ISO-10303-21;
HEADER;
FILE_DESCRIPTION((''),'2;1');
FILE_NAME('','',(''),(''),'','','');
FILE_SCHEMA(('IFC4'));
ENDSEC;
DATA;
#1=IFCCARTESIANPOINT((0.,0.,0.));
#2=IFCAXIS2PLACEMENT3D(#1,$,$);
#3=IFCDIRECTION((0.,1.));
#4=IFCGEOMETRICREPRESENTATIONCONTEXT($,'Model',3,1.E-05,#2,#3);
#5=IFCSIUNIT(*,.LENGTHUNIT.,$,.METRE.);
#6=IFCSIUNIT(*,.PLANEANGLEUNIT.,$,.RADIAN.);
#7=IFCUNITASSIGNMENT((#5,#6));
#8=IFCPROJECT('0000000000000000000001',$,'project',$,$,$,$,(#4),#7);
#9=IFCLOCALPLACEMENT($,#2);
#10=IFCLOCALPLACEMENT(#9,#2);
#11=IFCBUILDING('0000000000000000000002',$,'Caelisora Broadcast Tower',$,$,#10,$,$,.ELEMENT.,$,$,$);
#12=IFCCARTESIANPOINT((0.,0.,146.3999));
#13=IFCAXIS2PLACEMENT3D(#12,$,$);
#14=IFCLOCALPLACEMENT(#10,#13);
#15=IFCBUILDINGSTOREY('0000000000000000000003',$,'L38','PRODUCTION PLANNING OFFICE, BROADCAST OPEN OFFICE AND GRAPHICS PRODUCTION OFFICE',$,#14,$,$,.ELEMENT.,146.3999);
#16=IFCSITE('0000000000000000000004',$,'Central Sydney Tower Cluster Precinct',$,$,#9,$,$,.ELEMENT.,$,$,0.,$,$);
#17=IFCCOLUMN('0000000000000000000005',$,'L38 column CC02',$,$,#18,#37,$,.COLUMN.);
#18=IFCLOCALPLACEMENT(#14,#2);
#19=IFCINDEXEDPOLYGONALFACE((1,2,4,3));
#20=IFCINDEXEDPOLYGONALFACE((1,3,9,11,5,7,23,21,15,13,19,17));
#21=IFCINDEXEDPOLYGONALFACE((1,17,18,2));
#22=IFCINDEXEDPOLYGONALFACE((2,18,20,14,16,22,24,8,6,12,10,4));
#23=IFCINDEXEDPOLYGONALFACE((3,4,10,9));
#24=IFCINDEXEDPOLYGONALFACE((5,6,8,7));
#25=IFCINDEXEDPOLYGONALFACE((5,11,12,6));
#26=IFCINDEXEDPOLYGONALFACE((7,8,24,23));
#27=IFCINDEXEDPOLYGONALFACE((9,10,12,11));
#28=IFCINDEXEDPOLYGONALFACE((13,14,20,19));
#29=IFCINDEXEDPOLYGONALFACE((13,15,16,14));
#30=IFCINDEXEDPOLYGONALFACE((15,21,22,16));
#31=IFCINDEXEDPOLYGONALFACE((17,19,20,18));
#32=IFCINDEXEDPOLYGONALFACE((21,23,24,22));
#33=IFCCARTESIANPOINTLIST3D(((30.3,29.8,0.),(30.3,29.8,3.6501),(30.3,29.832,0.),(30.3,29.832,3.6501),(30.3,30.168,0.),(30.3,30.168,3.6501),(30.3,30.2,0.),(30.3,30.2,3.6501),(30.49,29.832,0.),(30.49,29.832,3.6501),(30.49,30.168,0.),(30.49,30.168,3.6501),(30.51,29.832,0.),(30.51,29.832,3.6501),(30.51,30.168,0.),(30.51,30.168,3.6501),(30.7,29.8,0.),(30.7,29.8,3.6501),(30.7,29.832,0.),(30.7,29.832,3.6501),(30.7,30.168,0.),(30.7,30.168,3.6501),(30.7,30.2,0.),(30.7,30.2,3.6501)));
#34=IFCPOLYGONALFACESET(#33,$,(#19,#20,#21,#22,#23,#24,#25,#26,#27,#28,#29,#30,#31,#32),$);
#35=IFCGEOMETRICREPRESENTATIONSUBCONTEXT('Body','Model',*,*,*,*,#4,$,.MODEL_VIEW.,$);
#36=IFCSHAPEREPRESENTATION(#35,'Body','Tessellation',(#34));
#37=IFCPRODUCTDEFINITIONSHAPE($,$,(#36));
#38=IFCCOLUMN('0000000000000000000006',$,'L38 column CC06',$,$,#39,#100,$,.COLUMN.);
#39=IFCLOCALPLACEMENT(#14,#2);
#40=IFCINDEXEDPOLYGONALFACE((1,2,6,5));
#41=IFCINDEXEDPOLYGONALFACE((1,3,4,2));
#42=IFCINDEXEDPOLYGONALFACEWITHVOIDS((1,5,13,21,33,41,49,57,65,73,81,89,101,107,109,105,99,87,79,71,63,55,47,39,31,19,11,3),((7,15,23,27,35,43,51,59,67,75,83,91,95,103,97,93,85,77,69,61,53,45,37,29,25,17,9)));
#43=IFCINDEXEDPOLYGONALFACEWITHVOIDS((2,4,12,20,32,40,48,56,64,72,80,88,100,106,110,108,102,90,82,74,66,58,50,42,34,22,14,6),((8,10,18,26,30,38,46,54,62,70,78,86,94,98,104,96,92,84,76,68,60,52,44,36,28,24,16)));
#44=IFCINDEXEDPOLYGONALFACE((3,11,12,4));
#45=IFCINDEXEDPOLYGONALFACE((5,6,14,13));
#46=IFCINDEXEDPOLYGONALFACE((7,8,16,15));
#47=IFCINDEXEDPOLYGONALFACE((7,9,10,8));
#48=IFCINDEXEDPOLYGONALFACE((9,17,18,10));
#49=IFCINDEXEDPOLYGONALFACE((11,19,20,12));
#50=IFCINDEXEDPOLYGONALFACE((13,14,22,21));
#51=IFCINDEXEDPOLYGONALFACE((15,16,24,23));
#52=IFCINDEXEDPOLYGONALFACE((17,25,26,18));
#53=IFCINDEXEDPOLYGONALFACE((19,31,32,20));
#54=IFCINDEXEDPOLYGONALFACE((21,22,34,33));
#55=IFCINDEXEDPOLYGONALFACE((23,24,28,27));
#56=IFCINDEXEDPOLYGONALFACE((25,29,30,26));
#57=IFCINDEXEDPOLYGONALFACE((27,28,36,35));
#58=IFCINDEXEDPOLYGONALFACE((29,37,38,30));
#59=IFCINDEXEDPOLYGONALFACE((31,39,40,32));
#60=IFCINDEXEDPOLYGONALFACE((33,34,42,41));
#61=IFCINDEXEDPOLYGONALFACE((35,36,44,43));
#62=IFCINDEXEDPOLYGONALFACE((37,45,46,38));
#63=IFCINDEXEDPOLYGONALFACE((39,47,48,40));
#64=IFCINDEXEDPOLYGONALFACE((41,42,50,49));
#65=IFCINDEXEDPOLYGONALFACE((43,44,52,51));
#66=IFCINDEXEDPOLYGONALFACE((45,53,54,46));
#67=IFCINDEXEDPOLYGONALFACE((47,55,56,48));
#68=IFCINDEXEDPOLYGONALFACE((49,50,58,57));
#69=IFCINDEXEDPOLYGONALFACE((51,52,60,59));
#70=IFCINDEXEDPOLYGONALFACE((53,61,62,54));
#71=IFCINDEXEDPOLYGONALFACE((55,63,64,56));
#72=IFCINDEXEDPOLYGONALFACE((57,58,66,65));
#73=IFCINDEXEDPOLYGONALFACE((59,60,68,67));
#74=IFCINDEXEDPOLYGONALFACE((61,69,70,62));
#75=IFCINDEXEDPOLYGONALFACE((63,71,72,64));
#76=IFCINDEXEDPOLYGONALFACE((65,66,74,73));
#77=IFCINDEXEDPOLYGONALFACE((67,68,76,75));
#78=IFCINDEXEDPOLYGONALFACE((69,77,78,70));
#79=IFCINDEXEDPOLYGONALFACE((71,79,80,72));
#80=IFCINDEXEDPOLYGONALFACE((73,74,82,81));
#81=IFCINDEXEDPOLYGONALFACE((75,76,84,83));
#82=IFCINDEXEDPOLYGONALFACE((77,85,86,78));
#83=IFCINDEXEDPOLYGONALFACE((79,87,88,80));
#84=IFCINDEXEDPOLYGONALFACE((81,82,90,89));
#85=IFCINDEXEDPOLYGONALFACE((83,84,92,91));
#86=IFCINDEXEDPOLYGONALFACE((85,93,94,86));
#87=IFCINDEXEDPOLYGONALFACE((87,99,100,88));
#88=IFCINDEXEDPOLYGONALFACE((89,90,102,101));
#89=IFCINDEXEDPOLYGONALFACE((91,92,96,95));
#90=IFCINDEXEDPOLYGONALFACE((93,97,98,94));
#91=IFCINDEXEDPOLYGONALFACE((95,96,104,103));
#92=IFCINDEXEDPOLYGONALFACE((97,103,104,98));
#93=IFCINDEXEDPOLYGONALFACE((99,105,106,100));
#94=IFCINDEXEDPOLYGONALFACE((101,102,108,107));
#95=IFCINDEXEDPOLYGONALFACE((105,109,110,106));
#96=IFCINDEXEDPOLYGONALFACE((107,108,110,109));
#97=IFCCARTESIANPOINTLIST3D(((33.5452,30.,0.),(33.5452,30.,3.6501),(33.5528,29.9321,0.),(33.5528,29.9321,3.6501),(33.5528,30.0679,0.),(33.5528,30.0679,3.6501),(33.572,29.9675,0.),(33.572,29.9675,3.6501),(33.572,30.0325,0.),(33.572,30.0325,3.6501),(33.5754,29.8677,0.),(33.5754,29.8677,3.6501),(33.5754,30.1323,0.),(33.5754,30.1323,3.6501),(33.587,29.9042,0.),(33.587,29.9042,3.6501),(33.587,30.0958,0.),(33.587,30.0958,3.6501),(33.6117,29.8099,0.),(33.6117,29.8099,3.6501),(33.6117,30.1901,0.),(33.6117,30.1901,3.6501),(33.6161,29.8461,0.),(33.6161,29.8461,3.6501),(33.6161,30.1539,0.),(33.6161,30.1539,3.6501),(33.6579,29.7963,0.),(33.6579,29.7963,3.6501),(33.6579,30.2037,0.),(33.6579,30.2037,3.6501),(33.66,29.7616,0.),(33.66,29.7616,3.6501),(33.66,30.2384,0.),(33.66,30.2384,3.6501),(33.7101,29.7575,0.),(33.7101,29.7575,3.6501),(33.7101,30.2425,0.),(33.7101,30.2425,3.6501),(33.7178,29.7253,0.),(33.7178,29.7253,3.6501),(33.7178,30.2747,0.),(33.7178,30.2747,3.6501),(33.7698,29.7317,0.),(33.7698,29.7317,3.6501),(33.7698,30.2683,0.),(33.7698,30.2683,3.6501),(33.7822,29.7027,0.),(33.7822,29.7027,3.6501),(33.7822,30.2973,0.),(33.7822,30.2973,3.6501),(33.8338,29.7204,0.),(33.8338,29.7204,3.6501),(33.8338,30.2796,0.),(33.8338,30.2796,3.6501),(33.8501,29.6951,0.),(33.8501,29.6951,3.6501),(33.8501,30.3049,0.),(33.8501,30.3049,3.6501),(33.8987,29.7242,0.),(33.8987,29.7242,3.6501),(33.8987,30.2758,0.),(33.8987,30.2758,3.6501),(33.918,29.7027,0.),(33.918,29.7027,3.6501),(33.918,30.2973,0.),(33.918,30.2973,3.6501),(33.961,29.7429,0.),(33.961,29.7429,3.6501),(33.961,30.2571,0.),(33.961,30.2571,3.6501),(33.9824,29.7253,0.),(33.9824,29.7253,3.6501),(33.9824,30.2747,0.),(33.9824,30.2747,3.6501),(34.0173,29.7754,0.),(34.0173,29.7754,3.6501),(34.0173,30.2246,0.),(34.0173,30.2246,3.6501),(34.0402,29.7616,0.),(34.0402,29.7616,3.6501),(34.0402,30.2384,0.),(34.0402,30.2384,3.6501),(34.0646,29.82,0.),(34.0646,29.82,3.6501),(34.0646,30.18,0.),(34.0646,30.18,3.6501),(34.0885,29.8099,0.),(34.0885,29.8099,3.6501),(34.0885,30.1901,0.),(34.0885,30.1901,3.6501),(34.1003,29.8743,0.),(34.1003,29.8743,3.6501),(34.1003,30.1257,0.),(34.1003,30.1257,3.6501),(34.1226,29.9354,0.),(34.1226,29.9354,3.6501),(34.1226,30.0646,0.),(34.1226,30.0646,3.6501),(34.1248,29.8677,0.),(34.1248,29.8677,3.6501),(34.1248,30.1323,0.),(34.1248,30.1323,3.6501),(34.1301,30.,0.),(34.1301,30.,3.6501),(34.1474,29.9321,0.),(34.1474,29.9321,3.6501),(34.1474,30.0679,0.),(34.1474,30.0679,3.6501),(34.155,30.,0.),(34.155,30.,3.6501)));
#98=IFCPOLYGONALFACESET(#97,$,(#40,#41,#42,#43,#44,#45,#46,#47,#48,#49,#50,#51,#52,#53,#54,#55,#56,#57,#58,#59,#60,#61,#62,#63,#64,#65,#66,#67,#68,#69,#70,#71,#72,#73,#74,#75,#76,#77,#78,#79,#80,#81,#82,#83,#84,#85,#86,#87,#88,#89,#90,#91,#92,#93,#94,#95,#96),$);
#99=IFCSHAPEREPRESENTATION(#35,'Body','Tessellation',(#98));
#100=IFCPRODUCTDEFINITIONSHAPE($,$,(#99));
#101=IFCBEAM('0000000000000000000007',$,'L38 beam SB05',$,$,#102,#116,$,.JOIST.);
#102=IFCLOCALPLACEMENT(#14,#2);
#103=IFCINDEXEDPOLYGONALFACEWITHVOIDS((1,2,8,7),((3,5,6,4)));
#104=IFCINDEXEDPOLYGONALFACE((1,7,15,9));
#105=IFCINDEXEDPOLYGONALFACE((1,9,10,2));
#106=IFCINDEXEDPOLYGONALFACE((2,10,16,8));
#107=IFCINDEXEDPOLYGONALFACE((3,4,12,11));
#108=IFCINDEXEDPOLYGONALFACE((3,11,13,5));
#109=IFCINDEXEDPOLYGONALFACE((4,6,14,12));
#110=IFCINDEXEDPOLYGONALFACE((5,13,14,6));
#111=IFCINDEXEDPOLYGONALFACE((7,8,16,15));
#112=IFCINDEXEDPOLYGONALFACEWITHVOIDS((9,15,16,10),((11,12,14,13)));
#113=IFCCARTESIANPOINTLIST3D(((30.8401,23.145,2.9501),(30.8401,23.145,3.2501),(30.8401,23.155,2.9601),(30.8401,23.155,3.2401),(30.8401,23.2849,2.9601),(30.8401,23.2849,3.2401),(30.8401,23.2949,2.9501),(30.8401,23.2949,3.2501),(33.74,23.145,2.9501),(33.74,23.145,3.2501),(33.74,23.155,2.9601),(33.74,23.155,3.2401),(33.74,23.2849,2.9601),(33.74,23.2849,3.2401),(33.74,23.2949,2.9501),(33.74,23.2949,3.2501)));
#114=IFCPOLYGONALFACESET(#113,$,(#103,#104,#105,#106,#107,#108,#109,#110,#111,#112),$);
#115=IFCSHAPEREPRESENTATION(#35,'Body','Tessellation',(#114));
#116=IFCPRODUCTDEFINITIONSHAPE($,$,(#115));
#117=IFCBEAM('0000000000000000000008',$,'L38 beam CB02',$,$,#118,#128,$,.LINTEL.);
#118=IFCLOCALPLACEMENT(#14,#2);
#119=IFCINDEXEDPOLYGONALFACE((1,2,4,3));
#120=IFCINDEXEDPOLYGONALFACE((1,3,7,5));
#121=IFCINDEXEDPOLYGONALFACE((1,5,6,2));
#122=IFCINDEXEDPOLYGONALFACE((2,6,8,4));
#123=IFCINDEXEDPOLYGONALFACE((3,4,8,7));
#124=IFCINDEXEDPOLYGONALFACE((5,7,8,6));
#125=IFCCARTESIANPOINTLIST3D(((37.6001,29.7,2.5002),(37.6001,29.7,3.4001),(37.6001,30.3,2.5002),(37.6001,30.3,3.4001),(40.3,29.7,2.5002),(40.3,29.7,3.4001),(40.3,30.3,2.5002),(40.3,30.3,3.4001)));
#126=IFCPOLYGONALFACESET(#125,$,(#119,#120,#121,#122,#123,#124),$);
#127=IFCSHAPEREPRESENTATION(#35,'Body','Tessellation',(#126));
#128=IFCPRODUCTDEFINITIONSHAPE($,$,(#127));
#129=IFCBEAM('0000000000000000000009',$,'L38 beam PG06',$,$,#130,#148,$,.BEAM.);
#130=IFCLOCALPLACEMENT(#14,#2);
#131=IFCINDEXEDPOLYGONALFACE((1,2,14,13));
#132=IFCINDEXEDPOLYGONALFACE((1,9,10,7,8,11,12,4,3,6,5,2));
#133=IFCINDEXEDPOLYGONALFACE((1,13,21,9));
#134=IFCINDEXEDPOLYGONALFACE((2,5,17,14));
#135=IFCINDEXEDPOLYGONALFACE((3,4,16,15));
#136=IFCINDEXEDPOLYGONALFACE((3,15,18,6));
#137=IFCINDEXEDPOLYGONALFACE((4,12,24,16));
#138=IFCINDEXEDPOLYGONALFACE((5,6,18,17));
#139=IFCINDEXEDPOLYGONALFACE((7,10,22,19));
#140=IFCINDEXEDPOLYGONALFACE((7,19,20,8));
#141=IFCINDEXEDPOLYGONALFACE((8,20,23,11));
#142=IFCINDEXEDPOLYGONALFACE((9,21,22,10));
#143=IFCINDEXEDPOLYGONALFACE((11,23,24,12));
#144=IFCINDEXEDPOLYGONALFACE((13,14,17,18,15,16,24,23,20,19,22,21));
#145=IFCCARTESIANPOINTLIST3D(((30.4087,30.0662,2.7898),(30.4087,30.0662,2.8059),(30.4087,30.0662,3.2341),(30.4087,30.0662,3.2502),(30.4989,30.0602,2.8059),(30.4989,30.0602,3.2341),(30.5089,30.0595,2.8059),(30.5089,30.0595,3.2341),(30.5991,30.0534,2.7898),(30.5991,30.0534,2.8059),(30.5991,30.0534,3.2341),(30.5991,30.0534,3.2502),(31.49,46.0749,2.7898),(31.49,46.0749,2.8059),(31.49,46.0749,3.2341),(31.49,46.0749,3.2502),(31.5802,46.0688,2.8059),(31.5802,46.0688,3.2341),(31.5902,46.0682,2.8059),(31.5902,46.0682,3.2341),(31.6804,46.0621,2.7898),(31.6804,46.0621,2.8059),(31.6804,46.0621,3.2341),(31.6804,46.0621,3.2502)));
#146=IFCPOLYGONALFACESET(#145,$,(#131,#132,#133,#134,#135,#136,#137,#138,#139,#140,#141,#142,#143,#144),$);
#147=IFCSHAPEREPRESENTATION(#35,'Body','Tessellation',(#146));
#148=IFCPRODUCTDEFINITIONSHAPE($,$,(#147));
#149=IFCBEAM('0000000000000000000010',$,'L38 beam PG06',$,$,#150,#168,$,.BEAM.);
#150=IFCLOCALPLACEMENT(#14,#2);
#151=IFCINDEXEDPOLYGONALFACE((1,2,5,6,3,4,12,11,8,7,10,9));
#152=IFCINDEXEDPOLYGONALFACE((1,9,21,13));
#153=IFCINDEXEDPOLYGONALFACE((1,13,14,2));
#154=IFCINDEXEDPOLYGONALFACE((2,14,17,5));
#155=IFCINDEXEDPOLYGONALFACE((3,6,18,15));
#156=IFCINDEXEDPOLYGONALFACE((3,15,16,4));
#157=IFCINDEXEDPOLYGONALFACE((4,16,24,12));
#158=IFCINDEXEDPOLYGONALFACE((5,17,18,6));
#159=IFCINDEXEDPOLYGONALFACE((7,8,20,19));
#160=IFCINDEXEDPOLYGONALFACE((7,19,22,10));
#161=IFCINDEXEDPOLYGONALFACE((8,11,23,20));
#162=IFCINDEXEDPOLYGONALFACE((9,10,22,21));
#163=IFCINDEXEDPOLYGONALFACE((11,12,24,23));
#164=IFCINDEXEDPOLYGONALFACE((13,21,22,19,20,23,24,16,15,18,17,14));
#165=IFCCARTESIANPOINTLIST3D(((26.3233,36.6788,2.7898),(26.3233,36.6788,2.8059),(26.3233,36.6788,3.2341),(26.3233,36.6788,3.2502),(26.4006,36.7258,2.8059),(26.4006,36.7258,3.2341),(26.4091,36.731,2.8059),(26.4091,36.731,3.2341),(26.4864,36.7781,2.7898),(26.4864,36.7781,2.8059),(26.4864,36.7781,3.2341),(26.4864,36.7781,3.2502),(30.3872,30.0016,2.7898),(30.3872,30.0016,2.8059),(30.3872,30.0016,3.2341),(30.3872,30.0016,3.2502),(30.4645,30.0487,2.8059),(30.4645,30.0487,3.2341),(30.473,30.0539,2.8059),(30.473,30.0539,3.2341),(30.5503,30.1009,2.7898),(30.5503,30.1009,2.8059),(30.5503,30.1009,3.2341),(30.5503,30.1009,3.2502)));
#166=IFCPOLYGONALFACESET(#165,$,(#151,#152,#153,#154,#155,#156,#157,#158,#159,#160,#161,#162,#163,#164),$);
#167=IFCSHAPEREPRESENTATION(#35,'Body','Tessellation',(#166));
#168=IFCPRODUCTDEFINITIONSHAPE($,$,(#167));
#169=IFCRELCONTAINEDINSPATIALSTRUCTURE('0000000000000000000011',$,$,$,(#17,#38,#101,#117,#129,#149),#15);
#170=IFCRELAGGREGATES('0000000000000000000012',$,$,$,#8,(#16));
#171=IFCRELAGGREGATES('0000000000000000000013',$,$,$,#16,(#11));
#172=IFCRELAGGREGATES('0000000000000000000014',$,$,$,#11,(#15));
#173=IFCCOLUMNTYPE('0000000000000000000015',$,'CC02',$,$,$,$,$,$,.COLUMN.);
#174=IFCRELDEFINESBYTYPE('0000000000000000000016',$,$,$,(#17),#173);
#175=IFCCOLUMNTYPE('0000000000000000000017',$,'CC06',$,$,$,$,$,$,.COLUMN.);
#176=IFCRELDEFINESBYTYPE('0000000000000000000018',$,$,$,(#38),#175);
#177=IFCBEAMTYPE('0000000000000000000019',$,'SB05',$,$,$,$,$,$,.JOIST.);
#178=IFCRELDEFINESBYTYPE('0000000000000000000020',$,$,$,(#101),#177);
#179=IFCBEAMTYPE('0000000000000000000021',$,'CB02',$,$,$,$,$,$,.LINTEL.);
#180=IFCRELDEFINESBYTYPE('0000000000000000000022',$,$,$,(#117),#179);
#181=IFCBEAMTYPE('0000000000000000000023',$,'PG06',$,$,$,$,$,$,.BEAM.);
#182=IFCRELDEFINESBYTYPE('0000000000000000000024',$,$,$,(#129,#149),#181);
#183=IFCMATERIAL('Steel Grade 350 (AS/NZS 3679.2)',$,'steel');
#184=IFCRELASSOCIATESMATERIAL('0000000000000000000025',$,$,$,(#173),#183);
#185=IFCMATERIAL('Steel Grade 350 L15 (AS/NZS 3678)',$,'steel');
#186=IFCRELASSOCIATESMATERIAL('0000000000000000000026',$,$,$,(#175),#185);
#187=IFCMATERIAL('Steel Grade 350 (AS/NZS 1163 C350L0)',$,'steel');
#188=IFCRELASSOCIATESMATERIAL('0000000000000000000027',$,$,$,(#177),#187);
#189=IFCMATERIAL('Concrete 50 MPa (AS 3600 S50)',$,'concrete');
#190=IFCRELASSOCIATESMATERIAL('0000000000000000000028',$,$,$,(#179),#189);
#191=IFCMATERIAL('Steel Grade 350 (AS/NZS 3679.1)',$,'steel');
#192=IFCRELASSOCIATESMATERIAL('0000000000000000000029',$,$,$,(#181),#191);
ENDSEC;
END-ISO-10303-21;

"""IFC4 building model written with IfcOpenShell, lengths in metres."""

from ifc_helpers import new_model, si_unit, direction, frame, origin, origin_2d, place, context, subcontext, project, spatial, rectangle, hollow_rectangle, hollow_circle, i_section, extrude, source, transform, mapped, material, material_profile, profile_set, type_object, type_shapes, element, save


model = new_model("IFC4")

# Units and contexts
model_context = context("Model", 3, precision=1e-05, world=origin(), true_north=direction((0.0, 1.0)))
body_context = subcontext(model_context, "Body", "Model", "MODEL_VIEW")
ifc_project = project(units=[si_unit("LENGTHUNIT", "METRE"), si_unit("PLANEANGLEUNIT", "RADIAN")], contexts=[model_context])

# Site, building, storey
site_placement = place(None, origin())
site = spatial("IfcSite", under=ifc_project, at=site_placement, Name="Central Sydney Tower Cluster Precinct", CompositionType="ELEMENT", RefElevation=0.0)
building_placement = place(site_placement, origin())
building = spatial("IfcBuilding", under=site, at=building_placement, Name="Caelisora Broadcast Tower", CompositionType="ELEMENT")
storey_placement = place(building_placement, frame((0.0, 0.0, 146.3999)))
storey = spatial("IfcBuildingStorey", under=building, at=storey_placement, Name="L38", Description="PRODUCTION PLANNING OFFICE, BROADCAST OPEN OFFICE AND GRAPHICS PRODUCTION OFFICE", CompositionType="ELEMENT", Elevation=146.3999)

# Columns
ifc_material_1 = material(Name="Steel Grade 350 (AS/NZS 3679.2)", Category="steel")
ifc_material_profile_1 = material_profile(ifc_material_1, i_section(OverallWidth=0.3999, OverallDepth=0.3999, WebThickness=0.02, FlangeThickness=0.032, at=origin_2d()), Name="Steel Grade 350 (AS/NZS 3679.2)")
ifc_profile_set_1 = profile_set([ifc_material_profile_1], Name="Steel Grade 350 (AS/NZS 3679.2)")
column_type_1 = type_object("IfcColumnType", Name="CC02", PredefinedType="COLUMN", material=ifc_profile_set_1)
shared_shape_1 = source(origin(), body_context, "Body", "SweptSolid", [
    extrude(i_section(OverallWidth=0.3999, OverallDepth=0.3999, WebThickness=0.02, FlangeThickness=0.032, at=origin_2d()), origin(), (0.0, 0.0, 1.0), 3.6501),
])
type_shapes(column_type_1, [shared_shape_1])
column_1_placement = place(storey_placement, frame((30.5, 30.0, 0.0), z_axis=(0.0, 0.0, 1.0), x_axis=(1.0, 0.0, 0.0)))
element("IfcColumn", 1, at=column_1_placement, inside=storey, type_object=column_type_1, Name="L38 column CC02", PredefinedType="COLUMN", context=body_context, shape_type="MappedRepresentation", body=[
    mapped(shared_shape_1, transform((0.0, 0.0, 0.0), scale=1.0)),
])
ifc_material_2 = material(Name="Steel Grade 350 L15 (AS/NZS 3678)", Category="steel")
ifc_material_profile_2 = material_profile(ifc_material_2, hollow_circle(Radius=0.3049, WallThickness=0.0249, at=origin_2d()), Name="Steel Grade 350 L15 (AS/NZS 3678)")
ifc_profile_set_2 = profile_set([ifc_material_profile_2], Name="Steel Grade 350 L15 (AS/NZS 3678)")
column_type_2 = type_object("IfcColumnType", Name="CC06", PredefinedType="COLUMN", material=ifc_profile_set_2)
shared_shape_2 = source(origin(), body_context, "Body", "SweptSolid", [
    extrude(hollow_circle(Radius=0.3049, WallThickness=0.0249, at=origin_2d()), origin(), (0.0, 0.0, 1.0), 3.6501),
])
type_shapes(column_type_2, [shared_shape_2])
column_2_placement = place(storey_placement, frame((33.8501, 30.0, 0.0), z_axis=(0.0, 0.0, 1.0), x_axis=(1.0, 0.0, 0.0)))
element("IfcColumn", 2, at=column_2_placement, inside=storey, type_object=column_type_2, Name="L38 column CC06", PredefinedType="COLUMN", context=body_context, shape_type="MappedRepresentation", body=[
    mapped(shared_shape_2, transform((0.0, 0.0, 0.0), scale=1.0)),
])

# Beams
ifc_material_3 = material(Name="Steel Grade 350 (AS/NZS 1163 C350L0)", Category="steel")
ifc_material_profile_3 = material_profile(ifc_material_3, hollow_rectangle(XDim=0.1499, YDim=0.3, WallThickness=0.01, at=origin_2d()), Name="Steel Grade 350 (AS/NZS 1163 C350L0)")
ifc_profile_set_3 = profile_set([ifc_material_profile_3], Name="Steel Grade 350 (AS/NZS 1163 C350L0)")
beam_type_1 = type_object("IfcBeamType", Name="SB05", PredefinedType="JOIST", material=ifc_profile_set_3)
shared_shape_3 = source(origin(), body_context, "Body", "SweptSolid", [
    extrude(hollow_rectangle(XDim=0.1499, YDim=0.3, WallThickness=0.01, at=origin_2d()), origin(), (0.0, 0.0, 1.0), 2.8999),
])
type_shapes(beam_type_1, [shared_shape_3])
beam_1_placement = place(storey_placement, frame((30.8401, 23.22, 3.1001), z_axis=(1.0, 0.0, 0.0), x_axis=(0.0, 1.0, 0.0)))
element("IfcBeam", 3, at=beam_1_placement, inside=storey, type_object=beam_type_1, Name="L38 beam SB05", PredefinedType="JOIST", context=body_context, shape_type="MappedRepresentation", body=[
    mapped(shared_shape_3, transform((0.0, 0.0, 0.0), scale=1.0)),
])
ifc_material_4 = material(Name="Concrete 50 MPa (AS 3600 S50)", Category="concrete")
ifc_material_profile_4 = material_profile(ifc_material_4, rectangle(XDim=0.6001, YDim=0.8999, at=origin_2d()), Name="Concrete 50 MPa (AS 3600 S50)")
ifc_profile_set_4 = profile_set([ifc_material_profile_4], Name="Concrete 50 MPa (AS 3600 S50)")
beam_type_2 = type_object("IfcBeamType", Name="CB02", PredefinedType="LINTEL", material=ifc_profile_set_4)
shared_shape_4 = source(origin(), body_context, "Body", "SweptSolid", [
    extrude(rectangle(XDim=0.6001, YDim=0.8999, at=origin_2d()), origin(), (0.0, 0.0, 1.0), 2.7),
])
type_shapes(beam_type_2, [shared_shape_4])
beam_2_placement = place(storey_placement, frame((37.6001, 30.0, 2.9502), z_axis=(1.0, 0.0, 0.0), x_axis=(0.0, 1.0, 0.0)))
element("IfcBeam", 4, at=beam_2_placement, inside=storey, type_object=beam_type_2, Name="L38 beam CB02", PredefinedType="LINTEL", context=body_context, shape_type="MappedRepresentation", body=[
    mapped(shared_shape_4, transform((0.0, 0.0, 0.0), scale=1.0)),
])
ifc_material_5 = material(Name="Steel Grade 350 (AS/NZS 3679.1)", Category="steel")
ifc_material_profile_5 = material_profile(ifc_material_5, i_section(OverallWidth=0.1909, OverallDepth=0.4604, WebThickness=0.01, FlangeThickness=0.0161, at=origin_2d()), Name="Steel Grade 350 (AS/NZS 3679.1)")
ifc_profile_set_5 = profile_set([ifc_material_profile_5], Name="Steel Grade 350 (AS/NZS 3679.1)")
beam_type_3 = type_object("IfcBeamType", Name="PG06", PredefinedType="BEAM", material=ifc_profile_set_5)
shared_shape_5 = source(origin(), body_context, "Body", "SweptSolid", [
    extrude(i_section(OverallWidth=0.1909, OverallDepth=0.4604, WebThickness=0.01, FlangeThickness=0.0161, at=origin_2d()), origin(), (0.0, 0.0, 1.0), 16.0452),
])
beam_3_placement = place(storey_placement, frame((30.5039, 30.0598, 3.02), z_axis=(0.067391, 0.997727, 0.0), x_axis=(-0.997727, 0.067391, 0.0)))
element("IfcBeam", 5, at=beam_3_placement, inside=storey, type_object=beam_type_3, Name="L38 beam PG06", PredefinedType="BEAM", context=body_context, shape_type="MappedRepresentation", body=[
    mapped(shared_shape_5, transform((0.0, 0.0, 0.0), scale=1.0)),
])
shared_shape_6 = source(origin(), body_context, "Body", "SweptSolid", [
    extrude(i_section(OverallWidth=0.1909, OverallDepth=0.4604, WebThickness=0.01, FlangeThickness=0.0161, at=origin_2d()), origin(), (0.0, 0.0, 1.0), 7.8167),
])
beam_4_placement = place(storey_placement, frame((30.4688, 30.0513, 3.02), z_axis=(-0.519905, 0.854224, 0.0), x_axis=(-0.854224, -0.519905, 0.0)))
element("IfcBeam", 6, at=beam_4_placement, inside=storey, type_object=beam_type_3, Name="L38 beam PG06", PredefinedType="BEAM", context=body_context, shape_type="MappedRepresentation", body=[
    mapped(shared_shape_6, transform((0.0, 0.0, 0.0), scale=1.0)),
])

save(model, "model.ifc")
